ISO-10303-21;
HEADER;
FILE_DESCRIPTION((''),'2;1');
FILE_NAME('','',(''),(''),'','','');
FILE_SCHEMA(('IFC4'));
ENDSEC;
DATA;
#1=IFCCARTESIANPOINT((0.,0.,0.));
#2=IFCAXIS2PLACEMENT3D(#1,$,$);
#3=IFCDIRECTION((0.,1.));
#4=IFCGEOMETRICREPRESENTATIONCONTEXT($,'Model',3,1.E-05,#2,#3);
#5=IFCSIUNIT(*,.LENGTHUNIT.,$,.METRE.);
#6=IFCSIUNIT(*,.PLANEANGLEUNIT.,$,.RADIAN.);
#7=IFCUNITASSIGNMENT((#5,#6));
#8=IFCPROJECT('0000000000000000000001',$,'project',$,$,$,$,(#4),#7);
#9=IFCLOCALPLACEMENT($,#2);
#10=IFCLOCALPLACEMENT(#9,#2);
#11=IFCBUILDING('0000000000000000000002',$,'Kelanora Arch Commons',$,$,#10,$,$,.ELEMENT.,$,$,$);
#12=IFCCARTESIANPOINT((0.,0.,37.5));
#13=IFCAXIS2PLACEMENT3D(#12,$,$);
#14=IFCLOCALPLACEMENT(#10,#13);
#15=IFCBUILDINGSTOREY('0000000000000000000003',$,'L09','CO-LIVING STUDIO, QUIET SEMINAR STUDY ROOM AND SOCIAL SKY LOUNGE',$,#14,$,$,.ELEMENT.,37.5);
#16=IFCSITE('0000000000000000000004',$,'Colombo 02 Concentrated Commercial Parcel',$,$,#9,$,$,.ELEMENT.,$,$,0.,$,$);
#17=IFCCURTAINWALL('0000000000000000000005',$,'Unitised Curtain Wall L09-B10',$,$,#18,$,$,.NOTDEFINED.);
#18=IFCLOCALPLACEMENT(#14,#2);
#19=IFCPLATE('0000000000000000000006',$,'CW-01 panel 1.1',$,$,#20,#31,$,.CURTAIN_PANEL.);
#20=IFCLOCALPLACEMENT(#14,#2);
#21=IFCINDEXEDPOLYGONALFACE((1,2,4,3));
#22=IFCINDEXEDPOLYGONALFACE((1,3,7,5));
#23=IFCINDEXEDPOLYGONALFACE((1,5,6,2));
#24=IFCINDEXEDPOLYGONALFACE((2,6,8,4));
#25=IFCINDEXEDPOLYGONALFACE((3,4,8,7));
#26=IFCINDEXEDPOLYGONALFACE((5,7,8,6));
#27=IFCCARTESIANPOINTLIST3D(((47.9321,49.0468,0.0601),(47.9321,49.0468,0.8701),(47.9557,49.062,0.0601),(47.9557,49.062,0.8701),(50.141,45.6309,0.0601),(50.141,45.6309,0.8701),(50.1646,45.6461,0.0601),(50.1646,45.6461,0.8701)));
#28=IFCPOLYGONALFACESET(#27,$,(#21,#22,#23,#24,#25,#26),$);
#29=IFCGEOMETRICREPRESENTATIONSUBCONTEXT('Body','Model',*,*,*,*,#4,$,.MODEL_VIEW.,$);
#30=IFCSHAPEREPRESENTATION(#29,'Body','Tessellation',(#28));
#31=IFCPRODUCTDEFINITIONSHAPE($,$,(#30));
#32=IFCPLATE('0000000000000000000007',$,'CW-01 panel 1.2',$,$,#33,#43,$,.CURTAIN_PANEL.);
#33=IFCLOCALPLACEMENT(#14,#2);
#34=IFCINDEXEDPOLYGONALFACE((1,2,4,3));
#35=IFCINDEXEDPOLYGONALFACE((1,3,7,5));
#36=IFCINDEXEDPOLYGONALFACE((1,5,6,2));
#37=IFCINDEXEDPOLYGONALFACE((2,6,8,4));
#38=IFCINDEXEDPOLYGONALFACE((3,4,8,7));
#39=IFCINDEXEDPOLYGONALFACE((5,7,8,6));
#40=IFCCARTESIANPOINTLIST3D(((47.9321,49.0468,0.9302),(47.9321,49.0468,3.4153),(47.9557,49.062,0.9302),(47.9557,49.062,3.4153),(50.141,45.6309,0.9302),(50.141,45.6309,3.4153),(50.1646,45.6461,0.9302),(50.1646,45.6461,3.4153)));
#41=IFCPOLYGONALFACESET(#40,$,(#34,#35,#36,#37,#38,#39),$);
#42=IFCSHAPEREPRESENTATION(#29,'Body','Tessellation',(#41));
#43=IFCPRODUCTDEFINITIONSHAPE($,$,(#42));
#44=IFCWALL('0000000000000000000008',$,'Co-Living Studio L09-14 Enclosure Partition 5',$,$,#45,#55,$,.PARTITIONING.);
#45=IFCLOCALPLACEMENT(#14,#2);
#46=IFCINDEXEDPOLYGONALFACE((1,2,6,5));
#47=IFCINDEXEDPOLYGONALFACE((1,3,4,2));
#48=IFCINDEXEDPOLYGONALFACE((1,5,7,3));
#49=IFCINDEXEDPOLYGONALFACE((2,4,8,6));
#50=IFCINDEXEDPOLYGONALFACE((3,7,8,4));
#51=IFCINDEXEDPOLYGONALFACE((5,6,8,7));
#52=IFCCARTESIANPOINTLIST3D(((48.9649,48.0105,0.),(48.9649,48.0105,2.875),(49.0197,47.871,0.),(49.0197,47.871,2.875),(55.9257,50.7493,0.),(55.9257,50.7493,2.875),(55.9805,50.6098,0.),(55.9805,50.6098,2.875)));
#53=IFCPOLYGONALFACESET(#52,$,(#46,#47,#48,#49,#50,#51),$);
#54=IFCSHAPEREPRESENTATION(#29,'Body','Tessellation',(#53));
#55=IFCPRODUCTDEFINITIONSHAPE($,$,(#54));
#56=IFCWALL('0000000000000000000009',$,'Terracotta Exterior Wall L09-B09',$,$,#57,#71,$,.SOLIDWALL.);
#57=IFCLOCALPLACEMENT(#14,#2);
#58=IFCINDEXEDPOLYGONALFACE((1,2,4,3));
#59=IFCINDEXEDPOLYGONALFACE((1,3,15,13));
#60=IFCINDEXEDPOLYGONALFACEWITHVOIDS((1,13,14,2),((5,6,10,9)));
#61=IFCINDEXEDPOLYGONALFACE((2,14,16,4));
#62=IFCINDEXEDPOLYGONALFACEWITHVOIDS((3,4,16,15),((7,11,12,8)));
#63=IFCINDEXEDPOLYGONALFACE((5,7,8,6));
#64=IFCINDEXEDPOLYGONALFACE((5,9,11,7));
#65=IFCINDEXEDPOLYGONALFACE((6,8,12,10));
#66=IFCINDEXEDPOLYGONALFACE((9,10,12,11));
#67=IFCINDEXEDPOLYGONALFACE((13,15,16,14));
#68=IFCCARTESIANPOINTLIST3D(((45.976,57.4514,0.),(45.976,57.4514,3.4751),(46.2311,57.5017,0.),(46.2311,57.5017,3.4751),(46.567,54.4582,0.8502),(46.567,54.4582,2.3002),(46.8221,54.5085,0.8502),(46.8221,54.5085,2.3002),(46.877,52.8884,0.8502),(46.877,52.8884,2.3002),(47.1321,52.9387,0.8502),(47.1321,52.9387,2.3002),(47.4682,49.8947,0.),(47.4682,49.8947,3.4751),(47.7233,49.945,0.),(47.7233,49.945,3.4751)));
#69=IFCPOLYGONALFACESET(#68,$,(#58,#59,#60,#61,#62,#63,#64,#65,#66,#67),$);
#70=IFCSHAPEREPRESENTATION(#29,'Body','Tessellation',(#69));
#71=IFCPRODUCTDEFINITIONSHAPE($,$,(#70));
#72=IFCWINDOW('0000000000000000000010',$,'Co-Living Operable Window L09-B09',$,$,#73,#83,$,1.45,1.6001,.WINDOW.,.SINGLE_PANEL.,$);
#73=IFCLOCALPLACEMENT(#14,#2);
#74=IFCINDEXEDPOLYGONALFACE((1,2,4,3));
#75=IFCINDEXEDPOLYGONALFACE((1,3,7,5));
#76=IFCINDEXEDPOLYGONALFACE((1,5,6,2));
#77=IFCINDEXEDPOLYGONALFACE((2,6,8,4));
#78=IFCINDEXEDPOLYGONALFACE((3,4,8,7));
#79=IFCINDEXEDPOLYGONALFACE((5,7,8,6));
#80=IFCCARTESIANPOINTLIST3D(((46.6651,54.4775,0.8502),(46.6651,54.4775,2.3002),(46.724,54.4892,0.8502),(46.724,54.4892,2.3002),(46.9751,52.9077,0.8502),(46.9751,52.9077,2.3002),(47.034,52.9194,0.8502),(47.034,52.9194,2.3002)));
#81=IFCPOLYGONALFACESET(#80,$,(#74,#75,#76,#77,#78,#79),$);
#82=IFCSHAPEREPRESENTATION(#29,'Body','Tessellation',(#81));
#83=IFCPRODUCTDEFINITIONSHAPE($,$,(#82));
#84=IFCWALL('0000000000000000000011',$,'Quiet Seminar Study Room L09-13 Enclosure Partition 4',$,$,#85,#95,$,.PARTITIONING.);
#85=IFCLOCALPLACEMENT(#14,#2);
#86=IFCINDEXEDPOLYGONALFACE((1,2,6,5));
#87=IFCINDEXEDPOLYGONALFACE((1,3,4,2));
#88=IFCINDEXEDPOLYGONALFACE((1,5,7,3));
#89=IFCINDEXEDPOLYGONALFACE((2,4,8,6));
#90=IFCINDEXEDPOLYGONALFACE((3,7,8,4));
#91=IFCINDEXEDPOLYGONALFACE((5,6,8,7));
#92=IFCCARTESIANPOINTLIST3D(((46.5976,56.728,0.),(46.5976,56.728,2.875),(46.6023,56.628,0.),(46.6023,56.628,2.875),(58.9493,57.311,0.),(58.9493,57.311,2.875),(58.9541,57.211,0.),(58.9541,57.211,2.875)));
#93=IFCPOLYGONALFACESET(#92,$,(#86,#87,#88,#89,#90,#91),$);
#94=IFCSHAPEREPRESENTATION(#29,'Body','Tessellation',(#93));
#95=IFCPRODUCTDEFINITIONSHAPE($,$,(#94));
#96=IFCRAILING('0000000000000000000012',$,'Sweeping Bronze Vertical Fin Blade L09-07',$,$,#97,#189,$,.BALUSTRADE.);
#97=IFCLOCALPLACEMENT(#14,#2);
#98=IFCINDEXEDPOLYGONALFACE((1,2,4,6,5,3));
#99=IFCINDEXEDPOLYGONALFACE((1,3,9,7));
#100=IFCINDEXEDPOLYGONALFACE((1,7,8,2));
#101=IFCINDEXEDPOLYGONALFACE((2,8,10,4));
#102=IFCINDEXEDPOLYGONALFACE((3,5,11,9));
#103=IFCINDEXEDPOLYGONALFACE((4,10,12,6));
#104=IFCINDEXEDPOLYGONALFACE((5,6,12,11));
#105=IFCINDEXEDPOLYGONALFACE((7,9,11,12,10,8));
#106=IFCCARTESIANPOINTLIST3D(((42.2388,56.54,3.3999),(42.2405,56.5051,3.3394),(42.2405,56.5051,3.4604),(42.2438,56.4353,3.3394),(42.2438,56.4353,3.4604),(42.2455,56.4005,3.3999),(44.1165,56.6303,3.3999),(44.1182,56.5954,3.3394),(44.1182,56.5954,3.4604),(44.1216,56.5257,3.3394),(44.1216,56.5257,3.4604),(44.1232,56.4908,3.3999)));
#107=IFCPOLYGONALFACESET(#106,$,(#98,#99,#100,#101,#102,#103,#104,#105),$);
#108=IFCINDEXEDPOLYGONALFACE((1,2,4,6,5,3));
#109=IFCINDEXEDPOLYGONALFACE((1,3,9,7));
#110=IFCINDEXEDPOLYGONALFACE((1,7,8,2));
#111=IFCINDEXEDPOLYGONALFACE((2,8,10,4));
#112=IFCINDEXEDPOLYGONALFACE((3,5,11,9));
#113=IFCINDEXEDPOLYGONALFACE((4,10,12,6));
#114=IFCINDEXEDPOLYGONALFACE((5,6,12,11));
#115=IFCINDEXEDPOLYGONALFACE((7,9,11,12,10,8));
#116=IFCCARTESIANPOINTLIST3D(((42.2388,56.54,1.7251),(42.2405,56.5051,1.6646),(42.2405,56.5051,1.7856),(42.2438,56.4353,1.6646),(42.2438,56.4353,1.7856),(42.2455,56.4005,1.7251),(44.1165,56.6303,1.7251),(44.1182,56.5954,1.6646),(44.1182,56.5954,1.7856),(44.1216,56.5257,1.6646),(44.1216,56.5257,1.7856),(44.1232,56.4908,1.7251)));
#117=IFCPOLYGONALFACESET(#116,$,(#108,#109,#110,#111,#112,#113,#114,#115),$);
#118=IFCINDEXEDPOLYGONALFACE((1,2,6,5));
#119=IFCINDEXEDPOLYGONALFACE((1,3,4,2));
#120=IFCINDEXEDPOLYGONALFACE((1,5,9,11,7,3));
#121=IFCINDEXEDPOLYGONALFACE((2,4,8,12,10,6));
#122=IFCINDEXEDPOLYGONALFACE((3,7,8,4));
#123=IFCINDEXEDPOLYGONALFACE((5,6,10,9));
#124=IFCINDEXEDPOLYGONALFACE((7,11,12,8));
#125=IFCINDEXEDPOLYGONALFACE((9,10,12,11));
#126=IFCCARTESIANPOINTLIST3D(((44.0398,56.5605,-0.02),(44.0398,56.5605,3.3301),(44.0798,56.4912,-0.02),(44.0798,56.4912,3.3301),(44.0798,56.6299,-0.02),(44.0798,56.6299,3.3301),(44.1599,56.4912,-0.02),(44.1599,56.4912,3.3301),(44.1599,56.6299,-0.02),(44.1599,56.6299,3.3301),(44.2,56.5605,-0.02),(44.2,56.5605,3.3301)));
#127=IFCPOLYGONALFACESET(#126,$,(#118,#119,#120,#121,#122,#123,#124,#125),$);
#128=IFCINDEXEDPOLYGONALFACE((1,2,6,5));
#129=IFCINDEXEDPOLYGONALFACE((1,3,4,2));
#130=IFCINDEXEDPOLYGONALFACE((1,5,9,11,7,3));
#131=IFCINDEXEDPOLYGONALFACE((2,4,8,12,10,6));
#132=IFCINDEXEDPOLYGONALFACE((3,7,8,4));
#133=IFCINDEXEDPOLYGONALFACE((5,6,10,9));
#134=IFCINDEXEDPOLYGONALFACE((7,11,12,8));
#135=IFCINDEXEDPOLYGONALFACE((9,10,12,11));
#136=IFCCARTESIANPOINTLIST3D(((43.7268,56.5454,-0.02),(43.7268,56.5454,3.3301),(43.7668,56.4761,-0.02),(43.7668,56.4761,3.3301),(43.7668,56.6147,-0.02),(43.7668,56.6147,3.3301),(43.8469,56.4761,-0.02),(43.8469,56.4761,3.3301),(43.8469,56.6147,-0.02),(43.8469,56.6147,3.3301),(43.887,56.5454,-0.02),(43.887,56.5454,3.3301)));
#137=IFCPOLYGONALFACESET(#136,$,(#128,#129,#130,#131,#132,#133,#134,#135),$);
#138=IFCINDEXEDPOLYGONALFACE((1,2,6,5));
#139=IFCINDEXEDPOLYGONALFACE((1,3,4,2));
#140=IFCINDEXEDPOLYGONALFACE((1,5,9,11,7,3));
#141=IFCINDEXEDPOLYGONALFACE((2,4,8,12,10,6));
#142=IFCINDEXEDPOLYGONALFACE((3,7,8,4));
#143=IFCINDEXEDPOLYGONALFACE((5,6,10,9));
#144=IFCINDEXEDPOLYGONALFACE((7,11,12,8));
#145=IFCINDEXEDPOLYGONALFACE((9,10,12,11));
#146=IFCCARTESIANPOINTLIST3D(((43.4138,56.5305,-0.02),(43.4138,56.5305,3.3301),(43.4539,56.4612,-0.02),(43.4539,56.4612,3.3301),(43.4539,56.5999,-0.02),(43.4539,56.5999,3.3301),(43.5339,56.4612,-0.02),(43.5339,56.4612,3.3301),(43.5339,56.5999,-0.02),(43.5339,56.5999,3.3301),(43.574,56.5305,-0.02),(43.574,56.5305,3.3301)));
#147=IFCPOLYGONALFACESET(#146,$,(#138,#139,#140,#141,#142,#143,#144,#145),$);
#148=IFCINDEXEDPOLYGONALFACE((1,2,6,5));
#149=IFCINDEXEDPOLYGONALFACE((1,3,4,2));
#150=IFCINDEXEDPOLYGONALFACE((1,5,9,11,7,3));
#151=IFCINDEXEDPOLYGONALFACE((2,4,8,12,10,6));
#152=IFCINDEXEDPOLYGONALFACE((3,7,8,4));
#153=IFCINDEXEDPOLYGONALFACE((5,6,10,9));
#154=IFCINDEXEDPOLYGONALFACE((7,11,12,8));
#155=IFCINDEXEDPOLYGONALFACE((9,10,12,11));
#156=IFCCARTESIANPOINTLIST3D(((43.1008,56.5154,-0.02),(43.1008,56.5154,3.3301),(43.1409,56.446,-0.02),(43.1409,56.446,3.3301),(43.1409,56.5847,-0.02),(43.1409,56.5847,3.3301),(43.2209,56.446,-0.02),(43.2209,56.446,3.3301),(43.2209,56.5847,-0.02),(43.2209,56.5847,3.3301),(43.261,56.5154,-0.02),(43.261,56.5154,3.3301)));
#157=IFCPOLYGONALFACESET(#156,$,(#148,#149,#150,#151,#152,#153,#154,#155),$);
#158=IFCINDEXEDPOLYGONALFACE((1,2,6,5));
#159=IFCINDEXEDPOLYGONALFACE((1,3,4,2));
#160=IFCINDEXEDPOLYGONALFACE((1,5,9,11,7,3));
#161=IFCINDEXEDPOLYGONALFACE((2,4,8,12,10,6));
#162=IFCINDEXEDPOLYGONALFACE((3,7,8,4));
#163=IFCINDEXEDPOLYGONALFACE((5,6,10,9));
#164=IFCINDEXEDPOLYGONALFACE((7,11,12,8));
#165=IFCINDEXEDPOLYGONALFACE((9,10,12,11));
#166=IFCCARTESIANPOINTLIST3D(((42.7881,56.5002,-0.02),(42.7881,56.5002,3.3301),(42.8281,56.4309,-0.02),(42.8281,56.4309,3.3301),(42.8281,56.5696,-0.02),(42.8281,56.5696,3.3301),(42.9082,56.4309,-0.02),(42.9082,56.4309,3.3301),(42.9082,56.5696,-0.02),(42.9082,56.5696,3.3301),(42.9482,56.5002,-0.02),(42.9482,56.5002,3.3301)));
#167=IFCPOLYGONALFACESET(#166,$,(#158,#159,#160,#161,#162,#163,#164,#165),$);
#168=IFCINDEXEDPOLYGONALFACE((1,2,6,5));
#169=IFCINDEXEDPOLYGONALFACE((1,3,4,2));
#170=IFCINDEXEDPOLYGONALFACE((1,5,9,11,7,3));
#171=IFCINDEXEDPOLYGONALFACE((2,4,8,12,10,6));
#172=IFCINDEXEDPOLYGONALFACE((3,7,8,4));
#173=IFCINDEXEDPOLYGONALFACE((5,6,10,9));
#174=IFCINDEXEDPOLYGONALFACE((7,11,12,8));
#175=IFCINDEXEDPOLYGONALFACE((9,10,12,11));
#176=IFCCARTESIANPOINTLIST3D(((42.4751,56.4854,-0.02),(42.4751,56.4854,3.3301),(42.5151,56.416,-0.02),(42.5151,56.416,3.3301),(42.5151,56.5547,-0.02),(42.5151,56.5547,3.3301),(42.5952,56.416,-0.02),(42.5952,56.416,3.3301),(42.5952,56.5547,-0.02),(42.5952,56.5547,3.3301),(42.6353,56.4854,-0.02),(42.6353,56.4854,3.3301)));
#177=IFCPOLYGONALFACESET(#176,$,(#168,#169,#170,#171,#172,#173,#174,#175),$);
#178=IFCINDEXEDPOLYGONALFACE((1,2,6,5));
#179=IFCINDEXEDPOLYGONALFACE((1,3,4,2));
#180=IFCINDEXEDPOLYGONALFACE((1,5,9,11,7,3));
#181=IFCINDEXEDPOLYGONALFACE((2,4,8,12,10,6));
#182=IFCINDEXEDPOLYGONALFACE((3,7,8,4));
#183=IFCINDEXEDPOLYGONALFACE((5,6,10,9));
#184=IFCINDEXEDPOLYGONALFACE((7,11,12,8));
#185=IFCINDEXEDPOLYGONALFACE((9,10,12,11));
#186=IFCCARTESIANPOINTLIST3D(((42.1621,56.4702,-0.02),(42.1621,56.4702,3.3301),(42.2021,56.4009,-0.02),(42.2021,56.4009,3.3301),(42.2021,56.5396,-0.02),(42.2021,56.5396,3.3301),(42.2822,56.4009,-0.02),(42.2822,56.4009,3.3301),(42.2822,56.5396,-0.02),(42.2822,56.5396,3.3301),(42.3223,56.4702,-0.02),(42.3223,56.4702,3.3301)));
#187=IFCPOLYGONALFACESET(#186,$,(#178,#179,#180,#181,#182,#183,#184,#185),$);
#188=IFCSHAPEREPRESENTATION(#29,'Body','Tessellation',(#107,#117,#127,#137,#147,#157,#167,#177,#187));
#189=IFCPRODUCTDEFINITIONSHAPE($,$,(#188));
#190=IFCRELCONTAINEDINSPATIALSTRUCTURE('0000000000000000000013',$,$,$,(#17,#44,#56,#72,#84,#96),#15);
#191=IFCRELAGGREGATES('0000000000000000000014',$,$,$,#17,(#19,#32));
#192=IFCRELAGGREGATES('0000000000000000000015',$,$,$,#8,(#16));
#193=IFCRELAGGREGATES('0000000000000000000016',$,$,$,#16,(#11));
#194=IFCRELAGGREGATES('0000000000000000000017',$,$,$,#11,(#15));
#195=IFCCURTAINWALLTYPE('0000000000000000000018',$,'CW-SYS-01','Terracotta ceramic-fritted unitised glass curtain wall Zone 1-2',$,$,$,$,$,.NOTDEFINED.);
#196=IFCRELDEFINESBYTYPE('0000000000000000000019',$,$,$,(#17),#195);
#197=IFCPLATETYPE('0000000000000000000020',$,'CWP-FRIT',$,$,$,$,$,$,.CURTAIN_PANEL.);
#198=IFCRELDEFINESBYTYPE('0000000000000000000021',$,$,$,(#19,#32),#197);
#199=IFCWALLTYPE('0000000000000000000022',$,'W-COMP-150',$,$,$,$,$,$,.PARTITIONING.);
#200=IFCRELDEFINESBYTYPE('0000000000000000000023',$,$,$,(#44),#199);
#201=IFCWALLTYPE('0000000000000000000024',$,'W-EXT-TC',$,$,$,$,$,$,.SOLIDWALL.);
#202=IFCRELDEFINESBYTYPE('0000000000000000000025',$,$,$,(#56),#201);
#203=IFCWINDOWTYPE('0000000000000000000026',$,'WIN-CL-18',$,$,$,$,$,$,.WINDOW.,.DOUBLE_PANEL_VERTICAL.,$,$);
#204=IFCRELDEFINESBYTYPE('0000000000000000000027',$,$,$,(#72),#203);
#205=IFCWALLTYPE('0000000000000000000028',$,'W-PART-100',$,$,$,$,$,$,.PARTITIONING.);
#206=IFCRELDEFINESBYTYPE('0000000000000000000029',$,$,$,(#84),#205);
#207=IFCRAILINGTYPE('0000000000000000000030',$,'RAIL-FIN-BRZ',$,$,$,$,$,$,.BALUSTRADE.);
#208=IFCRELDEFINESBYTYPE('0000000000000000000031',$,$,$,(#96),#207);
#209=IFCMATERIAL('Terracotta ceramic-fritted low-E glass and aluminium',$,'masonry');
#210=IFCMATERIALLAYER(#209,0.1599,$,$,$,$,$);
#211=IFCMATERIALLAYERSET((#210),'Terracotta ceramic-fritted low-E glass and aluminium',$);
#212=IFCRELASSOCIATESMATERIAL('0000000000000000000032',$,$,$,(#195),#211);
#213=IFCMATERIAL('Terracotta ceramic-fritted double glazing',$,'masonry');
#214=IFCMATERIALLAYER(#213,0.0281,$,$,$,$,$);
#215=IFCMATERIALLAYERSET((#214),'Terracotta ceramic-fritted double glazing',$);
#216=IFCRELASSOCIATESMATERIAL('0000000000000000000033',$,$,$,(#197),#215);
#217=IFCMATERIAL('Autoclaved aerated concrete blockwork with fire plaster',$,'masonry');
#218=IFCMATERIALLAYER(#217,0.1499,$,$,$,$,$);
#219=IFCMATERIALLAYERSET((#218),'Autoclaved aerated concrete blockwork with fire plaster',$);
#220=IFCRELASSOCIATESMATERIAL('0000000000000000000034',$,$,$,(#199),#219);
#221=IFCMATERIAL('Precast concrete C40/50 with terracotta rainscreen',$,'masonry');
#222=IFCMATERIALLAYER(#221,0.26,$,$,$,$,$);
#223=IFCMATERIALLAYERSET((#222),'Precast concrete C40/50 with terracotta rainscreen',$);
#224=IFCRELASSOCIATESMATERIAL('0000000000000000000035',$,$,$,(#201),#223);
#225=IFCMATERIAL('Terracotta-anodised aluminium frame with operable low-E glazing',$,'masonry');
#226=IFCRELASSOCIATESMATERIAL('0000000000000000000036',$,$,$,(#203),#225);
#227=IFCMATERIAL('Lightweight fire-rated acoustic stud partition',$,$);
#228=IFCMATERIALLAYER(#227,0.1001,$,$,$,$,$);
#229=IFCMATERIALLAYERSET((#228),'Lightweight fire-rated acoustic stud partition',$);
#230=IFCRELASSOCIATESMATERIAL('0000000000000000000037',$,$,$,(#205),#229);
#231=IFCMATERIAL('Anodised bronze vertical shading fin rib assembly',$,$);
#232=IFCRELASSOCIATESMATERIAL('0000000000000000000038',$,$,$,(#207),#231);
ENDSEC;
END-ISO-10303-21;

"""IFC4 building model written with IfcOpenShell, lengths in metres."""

from ifc_helpers import new_model, si_unit, direction, frame, frame_2d, origin, origin_2d, place, context, subcontext, project, spatial, polyline, rectangle, outline, extrude, source, transform, mapped, material, layer, layer_set, type_object, element, fill, aggregate, save


model = new_model("IFC4")

# Units and contexts
model_context = context("Model", 3, precision=1e-05, world=origin(), true_north=direction((0.0, 1.0)))
body_context = subcontext(model_context, "Body", "Model", "MODEL_VIEW")
ifc_project = project(units=[si_unit("LENGTHUNIT", "METRE"), si_unit("PLANEANGLEUNIT", "RADIAN")], contexts=[model_context])

# Site, building, storey
site_placement = place(None, origin())
site = spatial("IfcSite", under=ifc_project, at=site_placement, Name="Colombo 02 Concentrated Commercial Parcel", CompositionType="ELEMENT", RefElevation=0.0)
building_placement = place(site_placement, origin())
building = spatial("IfcBuilding", under=site, at=building_placement, Name="Kelanora Arch Commons", CompositionType="ELEMENT")
storey_placement = place(building_placement, frame((0.0, 0.0, 37.5)))
storey = spatial("IfcBuildingStorey", under=building, at=storey_placement, Name="L09", Description="CO-LIVING STUDIO, QUIET SEMINAR STUDY ROOM AND SOCIAL SKY LOUNGE", CompositionType="ELEMENT", Elevation=37.5)

# Curtain wall
ifc_material_1 = material(Name="Terracotta ceramic-fritted low-E glass and aluminium", Category="masonry")
ifc_layer_1 = layer(ifc_material_1, 0.1599)
ifc_layer_set_1 = layer_set([ifc_layer_1], Name="Terracotta ceramic-fritted low-E glass and aluminium")
curtain_wall_type = type_object("IfcCurtainWallType", Name="CW-SYS-01", Description="Terracotta ceramic-fritted unitised glass curtain wall Zone 1-2", PredefinedType="NOTDEFINED", material=ifc_layer_set_1)
curtain_wall_placement = place(storey_placement, origin())
curtain_wall = element("IfcCurtainWall", 1, at=curtain_wall_placement, inside=storey, type_object=curtain_wall_type, Name="Unitised Curtain Wall L09-B10", PredefinedType="NOTDEFINED")

# Plates
ifc_material_2 = material(Name="Terracotta ceramic-fritted double glazing", Category="masonry")
ifc_layer_2 = layer(ifc_material_2, 0.0281)
ifc_layer_set_2 = layer_set([ifc_layer_2], Name="Terracotta ceramic-fritted double glazing")
plate_type = type_object("IfcPlateType", Name="CWP-FRIT", PredefinedType="CURTAIN_PANEL", material=ifc_layer_set_2)
shared_shape_1 = source(origin(), body_context, "Body", "SweptSolid", [
    extrude(rectangle(XDim=4.0679, YDim=0.0281, at=origin_2d()), origin(), (0.0, 0.0, 1.0), 0.8101),
])
plate_1_placement = place(storey_placement, frame((49.0483, 47.3464, 0.0601), z_axis=(0.0, 0.0, 1.0), x_axis=(0.543004, -0.83973, 0.0)))
plate_1 = element("IfcPlate", 2, at=plate_1_placement, type_object=plate_type, Name="CW-01 panel 1.1", PredefinedType="CURTAIN_PANEL", context=body_context, shape_type="MappedRepresentation", body=[
    mapped(shared_shape_1, transform((0.0, 0.0, 0.0), scale=1.0)),
])
shared_shape_2 = source(origin(), body_context, "Body", "SweptSolid", [
    extrude(rectangle(XDim=4.0679, YDim=0.0281, at=origin_2d()), origin(), (0.0, 0.0, 1.0), 2.4851),
])
plate_2_placement = place(storey_placement, frame((49.0483, 47.3464, 0.9302), z_axis=(0.0, 0.0, 1.0), x_axis=(0.543004, -0.83973, 0.0)))
plate_2 = element("IfcPlate", 3, at=plate_2_placement, type_object=plate_type, Name="CW-01 panel 1.2", PredefinedType="CURTAIN_PANEL", context=body_context, shape_type="MappedRepresentation", body=[
    mapped(shared_shape_2, transform((0.0, 0.0, 0.0), scale=1.0)),
])
aggregate(curtain_wall, [plate_1, plate_2])

# Wall
ifc_material_3 = material(Name="Autoclaved aerated concrete blockwork with fire plaster", Category="masonry")
ifc_layer_3 = layer(ifc_material_3, 0.1499)
ifc_layer_set_3 = layer_set([ifc_layer_3], Name="Autoclaved aerated concrete blockwork with fire plaster")
wall_type_1 = type_object("IfcWallType", Name="W-COMP-150", PredefinedType="PARTITIONING", material=ifc_layer_set_3)
wall_1_placement = place(storey_placement, frame((48.9922, 47.9407, 0.0), z_axis=(0.0, 0.0, 1.0), x_axis=(0.93056, 0.36614, 0.0)))
element("IfcWall", 4, at=wall_1_placement, inside=storey, type_object=wall_type_1, Name="Co-Living Studio L09-14 Enclosure Partition 5", PredefinedType="PARTITIONING", context=body_context, shape_type="SweptSolid", body=[
    extrude(rectangle(XDim=7.4802, YDim=0.1499, at=frame_2d((3.7402, 0.0))), origin(), (0.0, 0.0, 1.0), 2.875),
])

# Wall, opening, window
ifc_material_4 = material(Name="Precast concrete C40/50 with terracotta rainscreen", Category="masonry")
ifc_layer_4 = layer(ifc_material_4, 0.26)
ifc_layer_set_4 = layer_set([ifc_layer_4], Name="Precast concrete C40/50 with terracotta rainscreen")
wall_type_2 = type_object("IfcWallType", Name="W-EXT-TC", PredefinedType="SOLIDWALL", material=ifc_layer_set_4)
wall_2_placement = place(storey_placement, frame((46.1035, 57.4766, 0.0), z_axis=(0.0, 0.0, 1.0), x_axis=(0.193726, -0.981056, 0.0)))
wall_2 = element("IfcWall", 5, at=wall_2_placement, inside=storey, type_object=wall_type_2, Name="Terracotta Exterior Wall L09-B09", PredefinedType="SOLIDWALL", context=body_context, shape_type="SweptSolid", body=[
    extrude(rectangle(XDim=7.7026, YDim=0.26, at=frame_2d((3.8513, 0.0))), origin(), (0.0, 0.0, 1.0), 3.4751),
])
opening_placement = place(wall_2_placement, frame((3.051, 0.0, 0.8501)))
opening = element("IfcOpeningElement", 6, at=opening_placement, cuts=wall_2, PredefinedType="OPENING", context=body_context, shape_type="SweptSolid", body=[
    extrude(rectangle(XDim=1.6001, YDim=1.45, at=frame_2d((0.8, 0.7251))), frame((0.0, 0.1401, 0.0), z_axis=(0.0, -1.0, 0.0), x_axis=(1.0, 0.0, 0.0)), (0.0, 0.0, 1.0), 0.28),
])
ifc_material_5 = material(Name="Terracotta-anodised aluminium frame with operable low-E glazing", Category="masonry")
window_type = type_object("IfcWindowType", Name="WIN-CL-18", PartitioningType="DOUBLE_PANEL_VERTICAL", PredefinedType="WINDOW", material=ifc_material_5)
window_placement = place(opening_placement, origin())
window = element("IfcWindow", 7, at=window_placement, inside=storey, type_object=window_type, Name="Co-Living Operable Window L09-B09", OverallHeight=1.45, OverallWidth=1.6001, PartitioningType="SINGLE_PANEL", PredefinedType="WINDOW", context=body_context, shape_type="SweptSolid", body=[
    extrude(rectangle(XDim=1.6001, YDim=1.45, at=frame_2d((0.8, 0.7251))), frame((0.0, 0.03, 0.0), z_axis=(0.0, -1.0, 0.0), x_axis=(1.0, 0.0, 0.0)), (0.0, 0.0, 1.0), 0.0601),
])
fill(opening, window)

# Wall
ifc_material_6 = material(Name="Lightweight fire-rated acoustic stud partition")
ifc_layer_5 = layer(ifc_material_6, 0.1001)
ifc_layer_set_5 = layer_set([ifc_layer_5], Name="Lightweight fire-rated acoustic stud partition")
wall_type_3 = type_object("IfcWallType", Name="W-PART-100", PredefinedType="PARTITIONING", material=ifc_layer_set_5)
wall_3_placement = place(storey_placement, frame((46.6001, 56.678, 0.0), z_axis=(0.0, 0.0, 1.0), x_axis=(0.998888, 0.047148, 0.0)))
element("IfcWall", 8, at=wall_3_placement, inside=storey, type_object=wall_type_3, Name="Quiet Seminar Study Room L09-13 Enclosure Partition 4", PredefinedType="PARTITIONING", context=body_context, shape_type="SweptSolid", body=[
    extrude(rectangle(XDim=12.3655, YDim=0.1001, at=frame_2d((6.1826, 0.0))), origin(), (0.0, 0.0, 1.0), 2.875),
])

# Railing
ifc_material_7 = material(Name="Anodised bronze vertical shading fin rib assembly")
railing_type = type_object("IfcRailingType", Name="RAIL-FIN-BRZ", PredefinedType="BALUSTRADE", material=ifc_material_7)
railing_1_placement = place(storey_placement, frame((44.1199, 56.5605, -0.02)))
element("IfcRailing", 9, at=railing_1_placement, inside=storey, type_object=railing_type, Name="Sweeping Bronze Vertical Fin Blade L09-07", PredefinedType="BALUSTRADE", context=body_context, shape_type="SweptSolid", body=[
    extrude(outline(polyline([(0.0698, 0.0), (0.0349, 0.0605), (-0.0349, 0.0605), (-0.0698, 0.0), (-0.0349, -0.0605), (0.0349, -0.0605), (0.0698, 0.0)])), frame((0.0, 0.0, 3.4199), z_axis=(-0.998845, -0.048053, 0.0), x_axis=(0.048053, -0.998845, 0.0)), (0.0, 0.0, 1.0), 1.8799),
    extrude(outline(polyline([(0.0698, 0.0), (0.0349, 0.0605), (-0.0349, 0.0605), (-0.0698, 0.0), (-0.0349, -0.0605), (0.0349, -0.0605), (0.0698, 0.0)])), frame((0.0, 0.0, 1.7451), z_axis=(-0.998845, -0.048053, 0.0), x_axis=(0.048053, -0.998845, 0.0)), (0.0, 0.0, 1.0), 1.8799),
    extrude(outline(polyline([(0.0801, 0.0), (0.04, 0.0693), (-0.04, 0.0693), (-0.0801, 0.0), (-0.04, -0.0693), (0.04, -0.0693), (0.0801, 0.0)])), origin(), (0.0, 0.0, 1.0), 3.3501),
    extrude(outline(polyline([(0.0801, 0.0), (0.04, 0.0693), (-0.04, 0.0693), (-0.0801, 0.0), (-0.04, -0.0693), (0.04, -0.0693), (0.0801, 0.0)])), frame((-0.313, -0.0151, 0.0)), (0.0, 0.0, 1.0), 3.3501),
    extrude(outline(polyline([(0.0801, 0.0), (0.04, 0.0693), (-0.04, 0.0693), (-0.0801, 0.0), (-0.04, -0.0693), (0.04, -0.0693), (0.0801, 0.0)])), frame((-0.626, -0.03, 0.0)), (0.0, 0.0, 1.0), 3.3501),
    extrude(outline(polyline([(0.0801, 0.0), (0.04, 0.0693), (-0.04, 0.0693), (-0.0801, 0.0), (-0.04, -0.0693), (0.04, -0.0693), (0.0801, 0.0)])), frame((-0.939, -0.0452, 0.0)), (0.0, 0.0, 1.0), 3.3501),
    extrude(outline(polyline([(0.0801, 0.0), (0.04, 0.0693), (-0.04, 0.0693), (-0.0801, 0.0), (-0.04, -0.0693), (0.04, -0.0693), (0.0801, 0.0)])), frame((-1.2517, -0.0603, 0.0)), (0.0, 0.0, 1.0), 3.3501),
    extrude(outline(polyline([(0.0801, 0.0), (0.04, 0.0693), (-0.04, 0.0693), (-0.0801, 0.0), (-0.04, -0.0693), (0.04, -0.0693), (0.0801, 0.0)])), frame((-1.5647, -0.0752, 0.0)), (0.0, 0.0, 1.0), 3.3501),
    extrude(outline(polyline([(0.0801, 0.0), (0.04, 0.0693), (-0.04, 0.0693), (-0.0801, 0.0), (-0.04, -0.0693), (0.04, -0.0693), (0.0801, 0.0)])), frame((-1.8777, -0.0903, 0.0)), (0.0, 0.0, 1.0), 3.3501),
])

save(model, "model.ifc")
